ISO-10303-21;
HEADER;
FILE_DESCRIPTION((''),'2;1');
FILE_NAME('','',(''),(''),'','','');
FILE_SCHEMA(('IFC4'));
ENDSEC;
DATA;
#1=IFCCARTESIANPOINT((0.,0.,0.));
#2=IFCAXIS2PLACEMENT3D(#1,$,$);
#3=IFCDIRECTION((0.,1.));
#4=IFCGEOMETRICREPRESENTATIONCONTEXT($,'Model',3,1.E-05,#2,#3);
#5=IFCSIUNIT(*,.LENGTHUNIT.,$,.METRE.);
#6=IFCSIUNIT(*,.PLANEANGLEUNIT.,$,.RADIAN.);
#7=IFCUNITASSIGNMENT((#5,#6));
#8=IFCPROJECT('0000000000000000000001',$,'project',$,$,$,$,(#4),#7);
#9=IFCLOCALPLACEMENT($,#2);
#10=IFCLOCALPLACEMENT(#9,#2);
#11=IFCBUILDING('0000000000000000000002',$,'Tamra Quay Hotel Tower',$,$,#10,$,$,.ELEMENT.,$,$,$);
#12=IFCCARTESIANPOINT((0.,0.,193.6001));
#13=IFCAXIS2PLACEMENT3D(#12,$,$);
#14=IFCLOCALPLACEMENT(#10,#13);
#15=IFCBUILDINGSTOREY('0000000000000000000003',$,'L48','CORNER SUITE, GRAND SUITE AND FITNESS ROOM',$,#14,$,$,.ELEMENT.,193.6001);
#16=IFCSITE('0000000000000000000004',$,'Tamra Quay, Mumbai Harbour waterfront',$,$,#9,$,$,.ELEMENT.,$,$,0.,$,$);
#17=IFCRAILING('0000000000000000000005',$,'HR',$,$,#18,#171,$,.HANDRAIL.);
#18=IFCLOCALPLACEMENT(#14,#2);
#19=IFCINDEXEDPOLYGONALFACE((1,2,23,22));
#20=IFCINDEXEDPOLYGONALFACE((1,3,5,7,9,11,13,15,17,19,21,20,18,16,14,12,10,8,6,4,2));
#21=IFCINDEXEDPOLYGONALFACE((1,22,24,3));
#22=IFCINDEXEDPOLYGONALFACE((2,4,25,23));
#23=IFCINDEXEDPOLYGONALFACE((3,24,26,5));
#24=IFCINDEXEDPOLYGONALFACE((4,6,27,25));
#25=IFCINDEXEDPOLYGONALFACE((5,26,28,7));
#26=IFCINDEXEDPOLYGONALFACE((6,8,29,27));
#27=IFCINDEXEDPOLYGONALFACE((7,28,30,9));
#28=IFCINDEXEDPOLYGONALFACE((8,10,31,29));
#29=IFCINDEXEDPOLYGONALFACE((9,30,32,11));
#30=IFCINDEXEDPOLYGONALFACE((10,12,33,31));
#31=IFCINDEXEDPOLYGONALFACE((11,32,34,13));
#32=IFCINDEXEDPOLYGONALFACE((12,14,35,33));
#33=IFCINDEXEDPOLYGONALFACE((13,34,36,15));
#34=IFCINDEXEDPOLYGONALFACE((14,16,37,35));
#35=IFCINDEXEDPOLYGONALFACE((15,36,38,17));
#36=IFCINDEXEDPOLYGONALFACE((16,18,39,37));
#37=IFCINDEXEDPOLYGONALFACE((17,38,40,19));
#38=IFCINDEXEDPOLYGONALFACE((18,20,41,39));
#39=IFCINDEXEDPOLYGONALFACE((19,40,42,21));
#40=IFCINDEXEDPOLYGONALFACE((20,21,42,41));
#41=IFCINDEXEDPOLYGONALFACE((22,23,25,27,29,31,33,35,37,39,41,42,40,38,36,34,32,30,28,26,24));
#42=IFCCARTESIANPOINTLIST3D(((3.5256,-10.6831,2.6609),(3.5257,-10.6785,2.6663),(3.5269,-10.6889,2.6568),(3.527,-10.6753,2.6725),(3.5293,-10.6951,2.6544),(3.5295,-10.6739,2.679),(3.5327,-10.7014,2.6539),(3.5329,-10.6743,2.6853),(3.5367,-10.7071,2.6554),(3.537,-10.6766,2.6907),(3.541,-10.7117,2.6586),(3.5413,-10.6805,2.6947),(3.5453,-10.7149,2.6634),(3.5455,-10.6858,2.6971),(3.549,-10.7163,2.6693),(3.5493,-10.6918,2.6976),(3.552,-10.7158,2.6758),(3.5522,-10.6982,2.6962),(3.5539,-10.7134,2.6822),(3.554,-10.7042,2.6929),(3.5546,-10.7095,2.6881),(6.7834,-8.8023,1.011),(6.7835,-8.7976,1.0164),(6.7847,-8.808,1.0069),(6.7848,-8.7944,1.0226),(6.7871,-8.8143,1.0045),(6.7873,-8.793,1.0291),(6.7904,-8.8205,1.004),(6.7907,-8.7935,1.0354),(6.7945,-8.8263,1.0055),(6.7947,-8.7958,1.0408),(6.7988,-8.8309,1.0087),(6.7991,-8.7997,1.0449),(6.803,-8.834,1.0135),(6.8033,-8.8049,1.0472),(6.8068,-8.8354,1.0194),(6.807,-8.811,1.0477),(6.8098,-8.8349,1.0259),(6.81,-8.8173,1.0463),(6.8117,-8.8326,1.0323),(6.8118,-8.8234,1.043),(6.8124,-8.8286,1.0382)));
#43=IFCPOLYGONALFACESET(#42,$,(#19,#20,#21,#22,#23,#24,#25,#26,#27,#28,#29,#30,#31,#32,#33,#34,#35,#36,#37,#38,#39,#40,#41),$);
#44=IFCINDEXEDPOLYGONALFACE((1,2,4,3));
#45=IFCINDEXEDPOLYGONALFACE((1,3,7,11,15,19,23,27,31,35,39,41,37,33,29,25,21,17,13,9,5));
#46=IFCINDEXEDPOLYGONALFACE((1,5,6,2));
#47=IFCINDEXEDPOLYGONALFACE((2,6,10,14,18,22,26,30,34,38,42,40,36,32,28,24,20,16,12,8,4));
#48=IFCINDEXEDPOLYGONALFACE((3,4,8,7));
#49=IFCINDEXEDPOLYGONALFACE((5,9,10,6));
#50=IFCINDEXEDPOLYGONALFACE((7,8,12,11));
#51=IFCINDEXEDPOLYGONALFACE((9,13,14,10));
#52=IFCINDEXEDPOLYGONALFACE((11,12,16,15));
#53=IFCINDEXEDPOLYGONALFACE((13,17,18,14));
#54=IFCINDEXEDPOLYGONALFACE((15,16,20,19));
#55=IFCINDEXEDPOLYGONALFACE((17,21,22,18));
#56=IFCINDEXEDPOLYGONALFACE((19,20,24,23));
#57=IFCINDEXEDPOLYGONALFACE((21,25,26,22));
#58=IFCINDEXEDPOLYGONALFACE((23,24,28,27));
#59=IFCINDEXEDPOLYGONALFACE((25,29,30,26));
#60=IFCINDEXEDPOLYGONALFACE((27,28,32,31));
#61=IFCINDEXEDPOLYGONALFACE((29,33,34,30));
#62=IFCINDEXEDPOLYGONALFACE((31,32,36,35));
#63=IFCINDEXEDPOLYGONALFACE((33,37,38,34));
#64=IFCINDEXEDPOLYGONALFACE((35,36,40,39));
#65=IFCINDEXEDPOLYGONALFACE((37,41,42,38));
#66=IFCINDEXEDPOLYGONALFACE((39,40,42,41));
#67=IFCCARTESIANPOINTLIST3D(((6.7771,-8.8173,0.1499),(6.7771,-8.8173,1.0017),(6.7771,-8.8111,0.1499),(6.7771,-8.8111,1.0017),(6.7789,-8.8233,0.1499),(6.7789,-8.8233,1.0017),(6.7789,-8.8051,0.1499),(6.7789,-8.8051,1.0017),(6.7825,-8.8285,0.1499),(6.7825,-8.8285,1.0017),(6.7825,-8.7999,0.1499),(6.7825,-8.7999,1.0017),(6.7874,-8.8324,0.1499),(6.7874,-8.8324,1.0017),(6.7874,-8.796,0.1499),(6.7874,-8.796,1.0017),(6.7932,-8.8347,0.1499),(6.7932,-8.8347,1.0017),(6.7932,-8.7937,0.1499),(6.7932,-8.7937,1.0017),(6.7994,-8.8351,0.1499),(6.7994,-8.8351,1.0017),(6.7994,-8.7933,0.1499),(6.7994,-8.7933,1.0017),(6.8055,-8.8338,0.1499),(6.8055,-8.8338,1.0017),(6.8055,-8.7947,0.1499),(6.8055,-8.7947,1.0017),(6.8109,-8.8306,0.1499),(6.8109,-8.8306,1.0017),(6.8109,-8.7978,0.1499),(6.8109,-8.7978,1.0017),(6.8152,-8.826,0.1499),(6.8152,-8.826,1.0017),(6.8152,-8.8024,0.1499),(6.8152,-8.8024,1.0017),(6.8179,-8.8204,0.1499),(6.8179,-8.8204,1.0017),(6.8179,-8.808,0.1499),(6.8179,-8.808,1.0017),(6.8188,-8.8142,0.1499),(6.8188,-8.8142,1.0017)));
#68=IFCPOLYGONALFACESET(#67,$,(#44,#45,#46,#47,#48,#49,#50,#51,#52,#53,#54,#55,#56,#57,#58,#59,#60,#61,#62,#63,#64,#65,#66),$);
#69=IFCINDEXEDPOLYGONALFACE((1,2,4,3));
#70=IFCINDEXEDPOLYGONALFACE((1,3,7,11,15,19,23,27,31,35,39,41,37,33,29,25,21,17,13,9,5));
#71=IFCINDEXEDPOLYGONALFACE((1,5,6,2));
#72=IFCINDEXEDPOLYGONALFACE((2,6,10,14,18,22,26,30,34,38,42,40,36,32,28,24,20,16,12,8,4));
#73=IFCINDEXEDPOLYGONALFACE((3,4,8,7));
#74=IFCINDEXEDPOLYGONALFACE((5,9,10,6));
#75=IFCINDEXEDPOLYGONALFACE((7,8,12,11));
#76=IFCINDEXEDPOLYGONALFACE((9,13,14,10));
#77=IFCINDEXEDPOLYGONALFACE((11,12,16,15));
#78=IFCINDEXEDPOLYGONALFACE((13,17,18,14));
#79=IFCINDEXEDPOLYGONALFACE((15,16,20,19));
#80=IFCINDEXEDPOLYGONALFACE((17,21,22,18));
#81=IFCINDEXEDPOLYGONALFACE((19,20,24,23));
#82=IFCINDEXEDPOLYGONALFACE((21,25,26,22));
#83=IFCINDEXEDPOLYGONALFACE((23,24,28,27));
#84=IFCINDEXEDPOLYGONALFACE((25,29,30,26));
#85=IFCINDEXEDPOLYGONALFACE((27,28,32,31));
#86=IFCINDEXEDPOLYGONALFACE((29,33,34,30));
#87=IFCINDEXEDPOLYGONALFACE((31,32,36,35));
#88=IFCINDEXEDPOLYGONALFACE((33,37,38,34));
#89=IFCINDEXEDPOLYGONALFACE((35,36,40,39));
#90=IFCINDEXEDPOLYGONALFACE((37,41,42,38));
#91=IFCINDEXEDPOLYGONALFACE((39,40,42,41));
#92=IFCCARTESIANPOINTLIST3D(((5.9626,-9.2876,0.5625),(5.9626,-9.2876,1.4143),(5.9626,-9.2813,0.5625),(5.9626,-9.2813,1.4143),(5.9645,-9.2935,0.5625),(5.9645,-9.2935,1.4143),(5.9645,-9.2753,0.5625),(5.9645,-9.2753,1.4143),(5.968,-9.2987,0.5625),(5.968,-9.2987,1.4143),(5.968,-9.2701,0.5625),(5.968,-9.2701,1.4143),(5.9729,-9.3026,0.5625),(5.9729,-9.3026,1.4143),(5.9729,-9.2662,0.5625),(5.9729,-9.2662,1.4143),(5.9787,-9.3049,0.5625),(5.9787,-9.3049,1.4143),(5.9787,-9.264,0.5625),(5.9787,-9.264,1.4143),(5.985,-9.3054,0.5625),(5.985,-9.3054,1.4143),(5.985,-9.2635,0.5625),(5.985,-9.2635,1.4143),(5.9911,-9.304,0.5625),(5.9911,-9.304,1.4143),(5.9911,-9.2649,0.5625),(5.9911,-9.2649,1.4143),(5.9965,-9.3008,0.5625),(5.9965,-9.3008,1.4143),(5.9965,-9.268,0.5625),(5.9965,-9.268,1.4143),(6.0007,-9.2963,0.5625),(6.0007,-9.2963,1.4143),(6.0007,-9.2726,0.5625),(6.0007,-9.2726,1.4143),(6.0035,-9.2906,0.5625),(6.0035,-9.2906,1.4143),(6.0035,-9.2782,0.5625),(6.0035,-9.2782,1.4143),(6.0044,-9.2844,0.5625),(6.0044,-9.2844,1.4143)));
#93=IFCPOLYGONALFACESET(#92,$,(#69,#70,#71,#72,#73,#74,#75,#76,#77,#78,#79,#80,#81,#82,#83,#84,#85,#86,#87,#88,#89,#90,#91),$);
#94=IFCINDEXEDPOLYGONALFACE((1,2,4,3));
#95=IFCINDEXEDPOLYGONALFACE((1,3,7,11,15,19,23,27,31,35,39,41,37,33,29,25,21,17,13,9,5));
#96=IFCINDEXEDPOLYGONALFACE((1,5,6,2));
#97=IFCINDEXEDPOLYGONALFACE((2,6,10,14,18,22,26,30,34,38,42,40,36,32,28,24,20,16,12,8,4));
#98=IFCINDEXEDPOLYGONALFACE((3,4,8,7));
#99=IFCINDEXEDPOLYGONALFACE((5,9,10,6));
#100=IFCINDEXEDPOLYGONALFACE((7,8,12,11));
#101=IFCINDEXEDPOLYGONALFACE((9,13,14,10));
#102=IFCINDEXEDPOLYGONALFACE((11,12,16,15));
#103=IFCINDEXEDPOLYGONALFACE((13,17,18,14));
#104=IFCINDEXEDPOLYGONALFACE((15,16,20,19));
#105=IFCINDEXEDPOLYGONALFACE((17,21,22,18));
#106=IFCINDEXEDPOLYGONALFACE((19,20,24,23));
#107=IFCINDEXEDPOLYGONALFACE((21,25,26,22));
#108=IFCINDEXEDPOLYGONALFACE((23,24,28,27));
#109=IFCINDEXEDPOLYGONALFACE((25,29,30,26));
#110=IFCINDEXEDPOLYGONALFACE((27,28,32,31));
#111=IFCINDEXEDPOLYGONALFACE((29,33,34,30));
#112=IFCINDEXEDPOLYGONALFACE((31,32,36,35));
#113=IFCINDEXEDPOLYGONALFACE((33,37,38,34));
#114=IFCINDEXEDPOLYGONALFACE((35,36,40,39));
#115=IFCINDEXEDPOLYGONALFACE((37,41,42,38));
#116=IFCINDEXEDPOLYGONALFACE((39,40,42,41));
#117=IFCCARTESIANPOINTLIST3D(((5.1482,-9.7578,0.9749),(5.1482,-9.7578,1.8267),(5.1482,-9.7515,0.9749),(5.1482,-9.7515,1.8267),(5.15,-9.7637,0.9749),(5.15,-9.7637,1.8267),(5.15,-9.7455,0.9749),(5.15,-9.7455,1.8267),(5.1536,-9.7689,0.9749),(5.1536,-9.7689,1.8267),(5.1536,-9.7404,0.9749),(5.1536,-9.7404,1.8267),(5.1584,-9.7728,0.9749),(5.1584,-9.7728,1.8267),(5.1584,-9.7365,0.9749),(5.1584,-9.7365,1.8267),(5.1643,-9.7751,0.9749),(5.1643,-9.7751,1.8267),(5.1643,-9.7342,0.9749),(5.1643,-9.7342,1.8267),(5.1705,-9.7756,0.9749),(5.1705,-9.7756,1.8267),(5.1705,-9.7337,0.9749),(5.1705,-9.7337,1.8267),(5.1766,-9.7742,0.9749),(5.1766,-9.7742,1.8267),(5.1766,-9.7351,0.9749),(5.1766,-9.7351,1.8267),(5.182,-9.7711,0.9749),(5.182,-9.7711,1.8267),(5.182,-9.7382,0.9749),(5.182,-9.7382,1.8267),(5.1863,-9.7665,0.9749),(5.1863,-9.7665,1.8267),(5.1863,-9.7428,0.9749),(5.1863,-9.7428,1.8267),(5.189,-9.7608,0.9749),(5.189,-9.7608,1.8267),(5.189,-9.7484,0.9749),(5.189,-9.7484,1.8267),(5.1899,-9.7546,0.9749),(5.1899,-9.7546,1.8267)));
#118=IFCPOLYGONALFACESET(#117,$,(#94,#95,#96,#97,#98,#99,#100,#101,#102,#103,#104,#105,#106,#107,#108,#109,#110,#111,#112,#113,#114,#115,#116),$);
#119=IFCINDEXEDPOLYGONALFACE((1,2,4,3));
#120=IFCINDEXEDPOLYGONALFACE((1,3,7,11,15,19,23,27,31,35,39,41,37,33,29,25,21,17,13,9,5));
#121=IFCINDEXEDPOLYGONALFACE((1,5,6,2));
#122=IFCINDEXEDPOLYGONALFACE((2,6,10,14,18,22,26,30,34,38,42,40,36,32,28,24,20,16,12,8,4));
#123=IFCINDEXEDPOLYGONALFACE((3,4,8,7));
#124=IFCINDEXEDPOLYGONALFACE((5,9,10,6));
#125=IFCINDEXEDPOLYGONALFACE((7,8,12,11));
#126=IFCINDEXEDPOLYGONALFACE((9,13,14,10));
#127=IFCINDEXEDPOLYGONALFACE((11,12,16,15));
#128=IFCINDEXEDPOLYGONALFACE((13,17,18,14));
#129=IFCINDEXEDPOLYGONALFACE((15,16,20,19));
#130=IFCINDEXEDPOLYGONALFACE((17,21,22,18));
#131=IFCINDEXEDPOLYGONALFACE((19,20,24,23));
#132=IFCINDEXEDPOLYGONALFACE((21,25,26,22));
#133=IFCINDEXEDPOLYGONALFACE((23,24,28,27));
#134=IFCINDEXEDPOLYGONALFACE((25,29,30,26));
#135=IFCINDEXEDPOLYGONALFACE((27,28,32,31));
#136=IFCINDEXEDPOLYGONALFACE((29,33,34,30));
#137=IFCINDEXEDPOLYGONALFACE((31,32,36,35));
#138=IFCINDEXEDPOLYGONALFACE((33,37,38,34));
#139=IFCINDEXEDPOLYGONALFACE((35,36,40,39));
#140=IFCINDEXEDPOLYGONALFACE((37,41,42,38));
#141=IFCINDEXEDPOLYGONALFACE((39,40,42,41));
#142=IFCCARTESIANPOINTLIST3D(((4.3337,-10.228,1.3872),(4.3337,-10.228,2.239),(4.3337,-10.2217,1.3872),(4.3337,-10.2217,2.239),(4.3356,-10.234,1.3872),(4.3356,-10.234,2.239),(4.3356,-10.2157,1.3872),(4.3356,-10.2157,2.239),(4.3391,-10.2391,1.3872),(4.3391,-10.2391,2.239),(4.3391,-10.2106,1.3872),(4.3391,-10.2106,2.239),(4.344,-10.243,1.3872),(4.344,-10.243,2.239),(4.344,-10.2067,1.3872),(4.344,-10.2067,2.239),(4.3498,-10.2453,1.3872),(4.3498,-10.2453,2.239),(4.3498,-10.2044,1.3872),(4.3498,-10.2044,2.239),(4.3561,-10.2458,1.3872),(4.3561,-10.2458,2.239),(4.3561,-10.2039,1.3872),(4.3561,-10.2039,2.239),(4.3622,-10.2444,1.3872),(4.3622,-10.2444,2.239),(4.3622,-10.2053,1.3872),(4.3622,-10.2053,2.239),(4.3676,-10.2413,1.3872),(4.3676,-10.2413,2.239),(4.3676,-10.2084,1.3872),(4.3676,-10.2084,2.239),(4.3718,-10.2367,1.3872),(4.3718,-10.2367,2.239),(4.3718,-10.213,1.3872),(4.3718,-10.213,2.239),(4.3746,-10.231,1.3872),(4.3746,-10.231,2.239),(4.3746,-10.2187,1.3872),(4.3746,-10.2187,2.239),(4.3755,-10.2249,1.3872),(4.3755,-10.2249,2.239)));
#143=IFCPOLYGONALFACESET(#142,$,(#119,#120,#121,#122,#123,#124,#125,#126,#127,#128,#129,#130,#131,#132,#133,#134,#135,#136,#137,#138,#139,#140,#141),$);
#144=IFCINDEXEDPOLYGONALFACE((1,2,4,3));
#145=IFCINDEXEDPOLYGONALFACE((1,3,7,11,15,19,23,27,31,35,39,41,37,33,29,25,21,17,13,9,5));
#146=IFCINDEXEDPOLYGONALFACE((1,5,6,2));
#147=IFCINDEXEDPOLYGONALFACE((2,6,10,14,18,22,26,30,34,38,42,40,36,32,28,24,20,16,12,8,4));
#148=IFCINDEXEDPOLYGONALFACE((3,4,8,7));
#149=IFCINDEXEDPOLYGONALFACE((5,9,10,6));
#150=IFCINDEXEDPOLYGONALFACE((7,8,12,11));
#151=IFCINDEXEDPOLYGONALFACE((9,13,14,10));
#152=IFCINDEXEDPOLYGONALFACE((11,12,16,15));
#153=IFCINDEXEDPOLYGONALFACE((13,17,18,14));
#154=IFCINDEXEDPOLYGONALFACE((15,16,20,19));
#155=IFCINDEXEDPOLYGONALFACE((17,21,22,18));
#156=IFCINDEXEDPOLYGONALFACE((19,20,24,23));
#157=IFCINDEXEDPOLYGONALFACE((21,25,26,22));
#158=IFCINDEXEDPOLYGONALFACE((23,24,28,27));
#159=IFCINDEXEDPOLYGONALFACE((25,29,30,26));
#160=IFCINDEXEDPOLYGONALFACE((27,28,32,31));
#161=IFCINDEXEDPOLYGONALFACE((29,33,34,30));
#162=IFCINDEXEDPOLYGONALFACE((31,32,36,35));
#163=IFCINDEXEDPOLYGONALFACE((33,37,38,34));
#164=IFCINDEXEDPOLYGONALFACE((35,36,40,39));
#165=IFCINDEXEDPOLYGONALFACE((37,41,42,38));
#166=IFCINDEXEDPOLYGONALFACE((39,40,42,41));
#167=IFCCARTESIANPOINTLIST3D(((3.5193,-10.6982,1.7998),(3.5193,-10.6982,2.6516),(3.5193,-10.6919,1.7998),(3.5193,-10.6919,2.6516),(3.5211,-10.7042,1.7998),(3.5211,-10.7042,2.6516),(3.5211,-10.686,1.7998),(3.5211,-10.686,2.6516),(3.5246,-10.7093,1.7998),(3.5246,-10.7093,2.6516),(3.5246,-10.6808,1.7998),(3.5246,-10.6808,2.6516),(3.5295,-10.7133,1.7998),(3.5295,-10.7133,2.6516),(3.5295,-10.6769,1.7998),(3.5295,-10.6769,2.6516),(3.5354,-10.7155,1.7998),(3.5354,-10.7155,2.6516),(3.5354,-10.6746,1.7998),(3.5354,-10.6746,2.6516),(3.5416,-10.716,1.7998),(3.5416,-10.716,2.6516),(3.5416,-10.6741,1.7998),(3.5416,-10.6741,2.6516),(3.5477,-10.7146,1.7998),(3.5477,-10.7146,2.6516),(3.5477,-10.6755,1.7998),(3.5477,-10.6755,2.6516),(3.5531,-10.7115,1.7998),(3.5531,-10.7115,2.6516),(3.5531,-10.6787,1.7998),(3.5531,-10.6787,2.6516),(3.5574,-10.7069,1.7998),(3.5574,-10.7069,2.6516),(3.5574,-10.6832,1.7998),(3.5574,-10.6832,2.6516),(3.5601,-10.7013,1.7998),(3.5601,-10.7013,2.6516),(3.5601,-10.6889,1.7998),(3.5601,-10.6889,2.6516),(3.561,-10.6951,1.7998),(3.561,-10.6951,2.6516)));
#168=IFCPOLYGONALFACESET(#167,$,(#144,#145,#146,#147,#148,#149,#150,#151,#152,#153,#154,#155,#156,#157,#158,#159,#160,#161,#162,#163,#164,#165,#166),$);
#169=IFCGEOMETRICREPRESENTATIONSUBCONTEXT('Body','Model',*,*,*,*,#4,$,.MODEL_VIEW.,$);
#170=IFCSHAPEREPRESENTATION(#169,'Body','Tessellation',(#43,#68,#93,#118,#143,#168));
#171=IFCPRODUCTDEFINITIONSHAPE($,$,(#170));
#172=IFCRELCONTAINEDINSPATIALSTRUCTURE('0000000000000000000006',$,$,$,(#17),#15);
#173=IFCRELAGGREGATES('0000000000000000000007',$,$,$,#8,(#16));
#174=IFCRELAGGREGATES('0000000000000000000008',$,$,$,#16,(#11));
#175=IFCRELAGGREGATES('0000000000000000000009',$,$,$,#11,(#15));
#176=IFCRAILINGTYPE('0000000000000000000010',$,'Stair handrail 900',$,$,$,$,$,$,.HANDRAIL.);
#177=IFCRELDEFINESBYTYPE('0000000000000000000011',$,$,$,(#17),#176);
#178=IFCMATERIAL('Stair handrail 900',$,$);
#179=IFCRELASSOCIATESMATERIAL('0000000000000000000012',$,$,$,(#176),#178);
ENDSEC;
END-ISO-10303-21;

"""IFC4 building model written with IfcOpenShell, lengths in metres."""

from ifc_helpers import new_model, si_unit, direction, frame, origin, origin_2d, place, context, subcontext, project, spatial, circle, extrude, material, type_object, element, save


model = new_model("IFC4")

# Units and contexts
model_context = context("Model", 3, precision=1e-05, world=origin(), true_north=direction((0.0, 1.0)))
body_context = subcontext(model_context, "Body", "Model", "MODEL_VIEW")
ifc_project = project(units=[si_unit("LENGTHUNIT", "METRE"), si_unit("PLANEANGLEUNIT", "RADIAN")], contexts=[model_context])

# Site, building, storey
site_placement = place(None, origin())
site = spatial("IfcSite", under=ifc_project, at=site_placement, Name="Tamra Quay, Mumbai Harbour waterfront", CompositionType="ELEMENT", RefElevation=0.0)
building_placement = place(site_placement, origin())
building = spatial("IfcBuilding", under=site, at=building_placement, Name="Tamra Quay Hotel Tower", CompositionType="ELEMENT")
storey_placement = place(building_placement, frame((0.0, 0.0, 193.6001)))
storey = spatial("IfcBuildingStorey", under=building, at=storey_placement, Name="L48", Description="CORNER SUITE, GRAND SUITE AND FITNESS ROOM", CompositionType="ELEMENT", Elevation=193.6001)

# Railing
ifc_material_1 = material(Name="Stair handrail 900")
railing_type_1 = type_object("IfcRailingType", Name="Stair handrail 900", PredefinedType="HANDRAIL", material=ifc_material_1)
railing_1_placement = place(storey_placement, frame((6.7979, -8.8142, 0.1499)))
element("IfcRailing", 1, at=railing_1_placement, inside=storey, type_object=railing_type_1, Name="HR", PredefinedType="HANDRAIL", context=body_context, shape_type="SweptSolid", body=[
    extrude(circle(Radius=0.0239, at=origin_2d()), frame((0.0, 0.0, 0.876), z_axis=(-0.7931, -0.457887, 0.401661), x_axis=(0.499992, -0.86603, 0.0)), (0.0, 0.0, 1.0), 4.1077),
    extrude(circle(Radius=0.021, at=origin_2d()), origin(), (0.0, 0.0, 1.0), 0.8518),
    extrude(circle(Radius=0.021, at=origin_2d()), frame((-0.8145, -0.4702, 0.4126)), (0.0, 0.0, 1.0), 0.8518),
    extrude(circle(Radius=0.021, at=origin_2d()), frame((-1.6289, -0.9404, 0.825)), (0.0, 0.0, 1.0), 0.8518),
    extrude(circle(Radius=0.021, at=origin_2d()), frame((-2.4434, -1.4106, 1.2373)), (0.0, 0.0, 1.0), 0.8518),
    extrude(circle(Radius=0.021, at=origin_2d()), frame((-3.2578, -1.8809, 1.6499)), (0.0, 0.0, 1.0), 0.8518),
])

save(model, "model.ifc")
